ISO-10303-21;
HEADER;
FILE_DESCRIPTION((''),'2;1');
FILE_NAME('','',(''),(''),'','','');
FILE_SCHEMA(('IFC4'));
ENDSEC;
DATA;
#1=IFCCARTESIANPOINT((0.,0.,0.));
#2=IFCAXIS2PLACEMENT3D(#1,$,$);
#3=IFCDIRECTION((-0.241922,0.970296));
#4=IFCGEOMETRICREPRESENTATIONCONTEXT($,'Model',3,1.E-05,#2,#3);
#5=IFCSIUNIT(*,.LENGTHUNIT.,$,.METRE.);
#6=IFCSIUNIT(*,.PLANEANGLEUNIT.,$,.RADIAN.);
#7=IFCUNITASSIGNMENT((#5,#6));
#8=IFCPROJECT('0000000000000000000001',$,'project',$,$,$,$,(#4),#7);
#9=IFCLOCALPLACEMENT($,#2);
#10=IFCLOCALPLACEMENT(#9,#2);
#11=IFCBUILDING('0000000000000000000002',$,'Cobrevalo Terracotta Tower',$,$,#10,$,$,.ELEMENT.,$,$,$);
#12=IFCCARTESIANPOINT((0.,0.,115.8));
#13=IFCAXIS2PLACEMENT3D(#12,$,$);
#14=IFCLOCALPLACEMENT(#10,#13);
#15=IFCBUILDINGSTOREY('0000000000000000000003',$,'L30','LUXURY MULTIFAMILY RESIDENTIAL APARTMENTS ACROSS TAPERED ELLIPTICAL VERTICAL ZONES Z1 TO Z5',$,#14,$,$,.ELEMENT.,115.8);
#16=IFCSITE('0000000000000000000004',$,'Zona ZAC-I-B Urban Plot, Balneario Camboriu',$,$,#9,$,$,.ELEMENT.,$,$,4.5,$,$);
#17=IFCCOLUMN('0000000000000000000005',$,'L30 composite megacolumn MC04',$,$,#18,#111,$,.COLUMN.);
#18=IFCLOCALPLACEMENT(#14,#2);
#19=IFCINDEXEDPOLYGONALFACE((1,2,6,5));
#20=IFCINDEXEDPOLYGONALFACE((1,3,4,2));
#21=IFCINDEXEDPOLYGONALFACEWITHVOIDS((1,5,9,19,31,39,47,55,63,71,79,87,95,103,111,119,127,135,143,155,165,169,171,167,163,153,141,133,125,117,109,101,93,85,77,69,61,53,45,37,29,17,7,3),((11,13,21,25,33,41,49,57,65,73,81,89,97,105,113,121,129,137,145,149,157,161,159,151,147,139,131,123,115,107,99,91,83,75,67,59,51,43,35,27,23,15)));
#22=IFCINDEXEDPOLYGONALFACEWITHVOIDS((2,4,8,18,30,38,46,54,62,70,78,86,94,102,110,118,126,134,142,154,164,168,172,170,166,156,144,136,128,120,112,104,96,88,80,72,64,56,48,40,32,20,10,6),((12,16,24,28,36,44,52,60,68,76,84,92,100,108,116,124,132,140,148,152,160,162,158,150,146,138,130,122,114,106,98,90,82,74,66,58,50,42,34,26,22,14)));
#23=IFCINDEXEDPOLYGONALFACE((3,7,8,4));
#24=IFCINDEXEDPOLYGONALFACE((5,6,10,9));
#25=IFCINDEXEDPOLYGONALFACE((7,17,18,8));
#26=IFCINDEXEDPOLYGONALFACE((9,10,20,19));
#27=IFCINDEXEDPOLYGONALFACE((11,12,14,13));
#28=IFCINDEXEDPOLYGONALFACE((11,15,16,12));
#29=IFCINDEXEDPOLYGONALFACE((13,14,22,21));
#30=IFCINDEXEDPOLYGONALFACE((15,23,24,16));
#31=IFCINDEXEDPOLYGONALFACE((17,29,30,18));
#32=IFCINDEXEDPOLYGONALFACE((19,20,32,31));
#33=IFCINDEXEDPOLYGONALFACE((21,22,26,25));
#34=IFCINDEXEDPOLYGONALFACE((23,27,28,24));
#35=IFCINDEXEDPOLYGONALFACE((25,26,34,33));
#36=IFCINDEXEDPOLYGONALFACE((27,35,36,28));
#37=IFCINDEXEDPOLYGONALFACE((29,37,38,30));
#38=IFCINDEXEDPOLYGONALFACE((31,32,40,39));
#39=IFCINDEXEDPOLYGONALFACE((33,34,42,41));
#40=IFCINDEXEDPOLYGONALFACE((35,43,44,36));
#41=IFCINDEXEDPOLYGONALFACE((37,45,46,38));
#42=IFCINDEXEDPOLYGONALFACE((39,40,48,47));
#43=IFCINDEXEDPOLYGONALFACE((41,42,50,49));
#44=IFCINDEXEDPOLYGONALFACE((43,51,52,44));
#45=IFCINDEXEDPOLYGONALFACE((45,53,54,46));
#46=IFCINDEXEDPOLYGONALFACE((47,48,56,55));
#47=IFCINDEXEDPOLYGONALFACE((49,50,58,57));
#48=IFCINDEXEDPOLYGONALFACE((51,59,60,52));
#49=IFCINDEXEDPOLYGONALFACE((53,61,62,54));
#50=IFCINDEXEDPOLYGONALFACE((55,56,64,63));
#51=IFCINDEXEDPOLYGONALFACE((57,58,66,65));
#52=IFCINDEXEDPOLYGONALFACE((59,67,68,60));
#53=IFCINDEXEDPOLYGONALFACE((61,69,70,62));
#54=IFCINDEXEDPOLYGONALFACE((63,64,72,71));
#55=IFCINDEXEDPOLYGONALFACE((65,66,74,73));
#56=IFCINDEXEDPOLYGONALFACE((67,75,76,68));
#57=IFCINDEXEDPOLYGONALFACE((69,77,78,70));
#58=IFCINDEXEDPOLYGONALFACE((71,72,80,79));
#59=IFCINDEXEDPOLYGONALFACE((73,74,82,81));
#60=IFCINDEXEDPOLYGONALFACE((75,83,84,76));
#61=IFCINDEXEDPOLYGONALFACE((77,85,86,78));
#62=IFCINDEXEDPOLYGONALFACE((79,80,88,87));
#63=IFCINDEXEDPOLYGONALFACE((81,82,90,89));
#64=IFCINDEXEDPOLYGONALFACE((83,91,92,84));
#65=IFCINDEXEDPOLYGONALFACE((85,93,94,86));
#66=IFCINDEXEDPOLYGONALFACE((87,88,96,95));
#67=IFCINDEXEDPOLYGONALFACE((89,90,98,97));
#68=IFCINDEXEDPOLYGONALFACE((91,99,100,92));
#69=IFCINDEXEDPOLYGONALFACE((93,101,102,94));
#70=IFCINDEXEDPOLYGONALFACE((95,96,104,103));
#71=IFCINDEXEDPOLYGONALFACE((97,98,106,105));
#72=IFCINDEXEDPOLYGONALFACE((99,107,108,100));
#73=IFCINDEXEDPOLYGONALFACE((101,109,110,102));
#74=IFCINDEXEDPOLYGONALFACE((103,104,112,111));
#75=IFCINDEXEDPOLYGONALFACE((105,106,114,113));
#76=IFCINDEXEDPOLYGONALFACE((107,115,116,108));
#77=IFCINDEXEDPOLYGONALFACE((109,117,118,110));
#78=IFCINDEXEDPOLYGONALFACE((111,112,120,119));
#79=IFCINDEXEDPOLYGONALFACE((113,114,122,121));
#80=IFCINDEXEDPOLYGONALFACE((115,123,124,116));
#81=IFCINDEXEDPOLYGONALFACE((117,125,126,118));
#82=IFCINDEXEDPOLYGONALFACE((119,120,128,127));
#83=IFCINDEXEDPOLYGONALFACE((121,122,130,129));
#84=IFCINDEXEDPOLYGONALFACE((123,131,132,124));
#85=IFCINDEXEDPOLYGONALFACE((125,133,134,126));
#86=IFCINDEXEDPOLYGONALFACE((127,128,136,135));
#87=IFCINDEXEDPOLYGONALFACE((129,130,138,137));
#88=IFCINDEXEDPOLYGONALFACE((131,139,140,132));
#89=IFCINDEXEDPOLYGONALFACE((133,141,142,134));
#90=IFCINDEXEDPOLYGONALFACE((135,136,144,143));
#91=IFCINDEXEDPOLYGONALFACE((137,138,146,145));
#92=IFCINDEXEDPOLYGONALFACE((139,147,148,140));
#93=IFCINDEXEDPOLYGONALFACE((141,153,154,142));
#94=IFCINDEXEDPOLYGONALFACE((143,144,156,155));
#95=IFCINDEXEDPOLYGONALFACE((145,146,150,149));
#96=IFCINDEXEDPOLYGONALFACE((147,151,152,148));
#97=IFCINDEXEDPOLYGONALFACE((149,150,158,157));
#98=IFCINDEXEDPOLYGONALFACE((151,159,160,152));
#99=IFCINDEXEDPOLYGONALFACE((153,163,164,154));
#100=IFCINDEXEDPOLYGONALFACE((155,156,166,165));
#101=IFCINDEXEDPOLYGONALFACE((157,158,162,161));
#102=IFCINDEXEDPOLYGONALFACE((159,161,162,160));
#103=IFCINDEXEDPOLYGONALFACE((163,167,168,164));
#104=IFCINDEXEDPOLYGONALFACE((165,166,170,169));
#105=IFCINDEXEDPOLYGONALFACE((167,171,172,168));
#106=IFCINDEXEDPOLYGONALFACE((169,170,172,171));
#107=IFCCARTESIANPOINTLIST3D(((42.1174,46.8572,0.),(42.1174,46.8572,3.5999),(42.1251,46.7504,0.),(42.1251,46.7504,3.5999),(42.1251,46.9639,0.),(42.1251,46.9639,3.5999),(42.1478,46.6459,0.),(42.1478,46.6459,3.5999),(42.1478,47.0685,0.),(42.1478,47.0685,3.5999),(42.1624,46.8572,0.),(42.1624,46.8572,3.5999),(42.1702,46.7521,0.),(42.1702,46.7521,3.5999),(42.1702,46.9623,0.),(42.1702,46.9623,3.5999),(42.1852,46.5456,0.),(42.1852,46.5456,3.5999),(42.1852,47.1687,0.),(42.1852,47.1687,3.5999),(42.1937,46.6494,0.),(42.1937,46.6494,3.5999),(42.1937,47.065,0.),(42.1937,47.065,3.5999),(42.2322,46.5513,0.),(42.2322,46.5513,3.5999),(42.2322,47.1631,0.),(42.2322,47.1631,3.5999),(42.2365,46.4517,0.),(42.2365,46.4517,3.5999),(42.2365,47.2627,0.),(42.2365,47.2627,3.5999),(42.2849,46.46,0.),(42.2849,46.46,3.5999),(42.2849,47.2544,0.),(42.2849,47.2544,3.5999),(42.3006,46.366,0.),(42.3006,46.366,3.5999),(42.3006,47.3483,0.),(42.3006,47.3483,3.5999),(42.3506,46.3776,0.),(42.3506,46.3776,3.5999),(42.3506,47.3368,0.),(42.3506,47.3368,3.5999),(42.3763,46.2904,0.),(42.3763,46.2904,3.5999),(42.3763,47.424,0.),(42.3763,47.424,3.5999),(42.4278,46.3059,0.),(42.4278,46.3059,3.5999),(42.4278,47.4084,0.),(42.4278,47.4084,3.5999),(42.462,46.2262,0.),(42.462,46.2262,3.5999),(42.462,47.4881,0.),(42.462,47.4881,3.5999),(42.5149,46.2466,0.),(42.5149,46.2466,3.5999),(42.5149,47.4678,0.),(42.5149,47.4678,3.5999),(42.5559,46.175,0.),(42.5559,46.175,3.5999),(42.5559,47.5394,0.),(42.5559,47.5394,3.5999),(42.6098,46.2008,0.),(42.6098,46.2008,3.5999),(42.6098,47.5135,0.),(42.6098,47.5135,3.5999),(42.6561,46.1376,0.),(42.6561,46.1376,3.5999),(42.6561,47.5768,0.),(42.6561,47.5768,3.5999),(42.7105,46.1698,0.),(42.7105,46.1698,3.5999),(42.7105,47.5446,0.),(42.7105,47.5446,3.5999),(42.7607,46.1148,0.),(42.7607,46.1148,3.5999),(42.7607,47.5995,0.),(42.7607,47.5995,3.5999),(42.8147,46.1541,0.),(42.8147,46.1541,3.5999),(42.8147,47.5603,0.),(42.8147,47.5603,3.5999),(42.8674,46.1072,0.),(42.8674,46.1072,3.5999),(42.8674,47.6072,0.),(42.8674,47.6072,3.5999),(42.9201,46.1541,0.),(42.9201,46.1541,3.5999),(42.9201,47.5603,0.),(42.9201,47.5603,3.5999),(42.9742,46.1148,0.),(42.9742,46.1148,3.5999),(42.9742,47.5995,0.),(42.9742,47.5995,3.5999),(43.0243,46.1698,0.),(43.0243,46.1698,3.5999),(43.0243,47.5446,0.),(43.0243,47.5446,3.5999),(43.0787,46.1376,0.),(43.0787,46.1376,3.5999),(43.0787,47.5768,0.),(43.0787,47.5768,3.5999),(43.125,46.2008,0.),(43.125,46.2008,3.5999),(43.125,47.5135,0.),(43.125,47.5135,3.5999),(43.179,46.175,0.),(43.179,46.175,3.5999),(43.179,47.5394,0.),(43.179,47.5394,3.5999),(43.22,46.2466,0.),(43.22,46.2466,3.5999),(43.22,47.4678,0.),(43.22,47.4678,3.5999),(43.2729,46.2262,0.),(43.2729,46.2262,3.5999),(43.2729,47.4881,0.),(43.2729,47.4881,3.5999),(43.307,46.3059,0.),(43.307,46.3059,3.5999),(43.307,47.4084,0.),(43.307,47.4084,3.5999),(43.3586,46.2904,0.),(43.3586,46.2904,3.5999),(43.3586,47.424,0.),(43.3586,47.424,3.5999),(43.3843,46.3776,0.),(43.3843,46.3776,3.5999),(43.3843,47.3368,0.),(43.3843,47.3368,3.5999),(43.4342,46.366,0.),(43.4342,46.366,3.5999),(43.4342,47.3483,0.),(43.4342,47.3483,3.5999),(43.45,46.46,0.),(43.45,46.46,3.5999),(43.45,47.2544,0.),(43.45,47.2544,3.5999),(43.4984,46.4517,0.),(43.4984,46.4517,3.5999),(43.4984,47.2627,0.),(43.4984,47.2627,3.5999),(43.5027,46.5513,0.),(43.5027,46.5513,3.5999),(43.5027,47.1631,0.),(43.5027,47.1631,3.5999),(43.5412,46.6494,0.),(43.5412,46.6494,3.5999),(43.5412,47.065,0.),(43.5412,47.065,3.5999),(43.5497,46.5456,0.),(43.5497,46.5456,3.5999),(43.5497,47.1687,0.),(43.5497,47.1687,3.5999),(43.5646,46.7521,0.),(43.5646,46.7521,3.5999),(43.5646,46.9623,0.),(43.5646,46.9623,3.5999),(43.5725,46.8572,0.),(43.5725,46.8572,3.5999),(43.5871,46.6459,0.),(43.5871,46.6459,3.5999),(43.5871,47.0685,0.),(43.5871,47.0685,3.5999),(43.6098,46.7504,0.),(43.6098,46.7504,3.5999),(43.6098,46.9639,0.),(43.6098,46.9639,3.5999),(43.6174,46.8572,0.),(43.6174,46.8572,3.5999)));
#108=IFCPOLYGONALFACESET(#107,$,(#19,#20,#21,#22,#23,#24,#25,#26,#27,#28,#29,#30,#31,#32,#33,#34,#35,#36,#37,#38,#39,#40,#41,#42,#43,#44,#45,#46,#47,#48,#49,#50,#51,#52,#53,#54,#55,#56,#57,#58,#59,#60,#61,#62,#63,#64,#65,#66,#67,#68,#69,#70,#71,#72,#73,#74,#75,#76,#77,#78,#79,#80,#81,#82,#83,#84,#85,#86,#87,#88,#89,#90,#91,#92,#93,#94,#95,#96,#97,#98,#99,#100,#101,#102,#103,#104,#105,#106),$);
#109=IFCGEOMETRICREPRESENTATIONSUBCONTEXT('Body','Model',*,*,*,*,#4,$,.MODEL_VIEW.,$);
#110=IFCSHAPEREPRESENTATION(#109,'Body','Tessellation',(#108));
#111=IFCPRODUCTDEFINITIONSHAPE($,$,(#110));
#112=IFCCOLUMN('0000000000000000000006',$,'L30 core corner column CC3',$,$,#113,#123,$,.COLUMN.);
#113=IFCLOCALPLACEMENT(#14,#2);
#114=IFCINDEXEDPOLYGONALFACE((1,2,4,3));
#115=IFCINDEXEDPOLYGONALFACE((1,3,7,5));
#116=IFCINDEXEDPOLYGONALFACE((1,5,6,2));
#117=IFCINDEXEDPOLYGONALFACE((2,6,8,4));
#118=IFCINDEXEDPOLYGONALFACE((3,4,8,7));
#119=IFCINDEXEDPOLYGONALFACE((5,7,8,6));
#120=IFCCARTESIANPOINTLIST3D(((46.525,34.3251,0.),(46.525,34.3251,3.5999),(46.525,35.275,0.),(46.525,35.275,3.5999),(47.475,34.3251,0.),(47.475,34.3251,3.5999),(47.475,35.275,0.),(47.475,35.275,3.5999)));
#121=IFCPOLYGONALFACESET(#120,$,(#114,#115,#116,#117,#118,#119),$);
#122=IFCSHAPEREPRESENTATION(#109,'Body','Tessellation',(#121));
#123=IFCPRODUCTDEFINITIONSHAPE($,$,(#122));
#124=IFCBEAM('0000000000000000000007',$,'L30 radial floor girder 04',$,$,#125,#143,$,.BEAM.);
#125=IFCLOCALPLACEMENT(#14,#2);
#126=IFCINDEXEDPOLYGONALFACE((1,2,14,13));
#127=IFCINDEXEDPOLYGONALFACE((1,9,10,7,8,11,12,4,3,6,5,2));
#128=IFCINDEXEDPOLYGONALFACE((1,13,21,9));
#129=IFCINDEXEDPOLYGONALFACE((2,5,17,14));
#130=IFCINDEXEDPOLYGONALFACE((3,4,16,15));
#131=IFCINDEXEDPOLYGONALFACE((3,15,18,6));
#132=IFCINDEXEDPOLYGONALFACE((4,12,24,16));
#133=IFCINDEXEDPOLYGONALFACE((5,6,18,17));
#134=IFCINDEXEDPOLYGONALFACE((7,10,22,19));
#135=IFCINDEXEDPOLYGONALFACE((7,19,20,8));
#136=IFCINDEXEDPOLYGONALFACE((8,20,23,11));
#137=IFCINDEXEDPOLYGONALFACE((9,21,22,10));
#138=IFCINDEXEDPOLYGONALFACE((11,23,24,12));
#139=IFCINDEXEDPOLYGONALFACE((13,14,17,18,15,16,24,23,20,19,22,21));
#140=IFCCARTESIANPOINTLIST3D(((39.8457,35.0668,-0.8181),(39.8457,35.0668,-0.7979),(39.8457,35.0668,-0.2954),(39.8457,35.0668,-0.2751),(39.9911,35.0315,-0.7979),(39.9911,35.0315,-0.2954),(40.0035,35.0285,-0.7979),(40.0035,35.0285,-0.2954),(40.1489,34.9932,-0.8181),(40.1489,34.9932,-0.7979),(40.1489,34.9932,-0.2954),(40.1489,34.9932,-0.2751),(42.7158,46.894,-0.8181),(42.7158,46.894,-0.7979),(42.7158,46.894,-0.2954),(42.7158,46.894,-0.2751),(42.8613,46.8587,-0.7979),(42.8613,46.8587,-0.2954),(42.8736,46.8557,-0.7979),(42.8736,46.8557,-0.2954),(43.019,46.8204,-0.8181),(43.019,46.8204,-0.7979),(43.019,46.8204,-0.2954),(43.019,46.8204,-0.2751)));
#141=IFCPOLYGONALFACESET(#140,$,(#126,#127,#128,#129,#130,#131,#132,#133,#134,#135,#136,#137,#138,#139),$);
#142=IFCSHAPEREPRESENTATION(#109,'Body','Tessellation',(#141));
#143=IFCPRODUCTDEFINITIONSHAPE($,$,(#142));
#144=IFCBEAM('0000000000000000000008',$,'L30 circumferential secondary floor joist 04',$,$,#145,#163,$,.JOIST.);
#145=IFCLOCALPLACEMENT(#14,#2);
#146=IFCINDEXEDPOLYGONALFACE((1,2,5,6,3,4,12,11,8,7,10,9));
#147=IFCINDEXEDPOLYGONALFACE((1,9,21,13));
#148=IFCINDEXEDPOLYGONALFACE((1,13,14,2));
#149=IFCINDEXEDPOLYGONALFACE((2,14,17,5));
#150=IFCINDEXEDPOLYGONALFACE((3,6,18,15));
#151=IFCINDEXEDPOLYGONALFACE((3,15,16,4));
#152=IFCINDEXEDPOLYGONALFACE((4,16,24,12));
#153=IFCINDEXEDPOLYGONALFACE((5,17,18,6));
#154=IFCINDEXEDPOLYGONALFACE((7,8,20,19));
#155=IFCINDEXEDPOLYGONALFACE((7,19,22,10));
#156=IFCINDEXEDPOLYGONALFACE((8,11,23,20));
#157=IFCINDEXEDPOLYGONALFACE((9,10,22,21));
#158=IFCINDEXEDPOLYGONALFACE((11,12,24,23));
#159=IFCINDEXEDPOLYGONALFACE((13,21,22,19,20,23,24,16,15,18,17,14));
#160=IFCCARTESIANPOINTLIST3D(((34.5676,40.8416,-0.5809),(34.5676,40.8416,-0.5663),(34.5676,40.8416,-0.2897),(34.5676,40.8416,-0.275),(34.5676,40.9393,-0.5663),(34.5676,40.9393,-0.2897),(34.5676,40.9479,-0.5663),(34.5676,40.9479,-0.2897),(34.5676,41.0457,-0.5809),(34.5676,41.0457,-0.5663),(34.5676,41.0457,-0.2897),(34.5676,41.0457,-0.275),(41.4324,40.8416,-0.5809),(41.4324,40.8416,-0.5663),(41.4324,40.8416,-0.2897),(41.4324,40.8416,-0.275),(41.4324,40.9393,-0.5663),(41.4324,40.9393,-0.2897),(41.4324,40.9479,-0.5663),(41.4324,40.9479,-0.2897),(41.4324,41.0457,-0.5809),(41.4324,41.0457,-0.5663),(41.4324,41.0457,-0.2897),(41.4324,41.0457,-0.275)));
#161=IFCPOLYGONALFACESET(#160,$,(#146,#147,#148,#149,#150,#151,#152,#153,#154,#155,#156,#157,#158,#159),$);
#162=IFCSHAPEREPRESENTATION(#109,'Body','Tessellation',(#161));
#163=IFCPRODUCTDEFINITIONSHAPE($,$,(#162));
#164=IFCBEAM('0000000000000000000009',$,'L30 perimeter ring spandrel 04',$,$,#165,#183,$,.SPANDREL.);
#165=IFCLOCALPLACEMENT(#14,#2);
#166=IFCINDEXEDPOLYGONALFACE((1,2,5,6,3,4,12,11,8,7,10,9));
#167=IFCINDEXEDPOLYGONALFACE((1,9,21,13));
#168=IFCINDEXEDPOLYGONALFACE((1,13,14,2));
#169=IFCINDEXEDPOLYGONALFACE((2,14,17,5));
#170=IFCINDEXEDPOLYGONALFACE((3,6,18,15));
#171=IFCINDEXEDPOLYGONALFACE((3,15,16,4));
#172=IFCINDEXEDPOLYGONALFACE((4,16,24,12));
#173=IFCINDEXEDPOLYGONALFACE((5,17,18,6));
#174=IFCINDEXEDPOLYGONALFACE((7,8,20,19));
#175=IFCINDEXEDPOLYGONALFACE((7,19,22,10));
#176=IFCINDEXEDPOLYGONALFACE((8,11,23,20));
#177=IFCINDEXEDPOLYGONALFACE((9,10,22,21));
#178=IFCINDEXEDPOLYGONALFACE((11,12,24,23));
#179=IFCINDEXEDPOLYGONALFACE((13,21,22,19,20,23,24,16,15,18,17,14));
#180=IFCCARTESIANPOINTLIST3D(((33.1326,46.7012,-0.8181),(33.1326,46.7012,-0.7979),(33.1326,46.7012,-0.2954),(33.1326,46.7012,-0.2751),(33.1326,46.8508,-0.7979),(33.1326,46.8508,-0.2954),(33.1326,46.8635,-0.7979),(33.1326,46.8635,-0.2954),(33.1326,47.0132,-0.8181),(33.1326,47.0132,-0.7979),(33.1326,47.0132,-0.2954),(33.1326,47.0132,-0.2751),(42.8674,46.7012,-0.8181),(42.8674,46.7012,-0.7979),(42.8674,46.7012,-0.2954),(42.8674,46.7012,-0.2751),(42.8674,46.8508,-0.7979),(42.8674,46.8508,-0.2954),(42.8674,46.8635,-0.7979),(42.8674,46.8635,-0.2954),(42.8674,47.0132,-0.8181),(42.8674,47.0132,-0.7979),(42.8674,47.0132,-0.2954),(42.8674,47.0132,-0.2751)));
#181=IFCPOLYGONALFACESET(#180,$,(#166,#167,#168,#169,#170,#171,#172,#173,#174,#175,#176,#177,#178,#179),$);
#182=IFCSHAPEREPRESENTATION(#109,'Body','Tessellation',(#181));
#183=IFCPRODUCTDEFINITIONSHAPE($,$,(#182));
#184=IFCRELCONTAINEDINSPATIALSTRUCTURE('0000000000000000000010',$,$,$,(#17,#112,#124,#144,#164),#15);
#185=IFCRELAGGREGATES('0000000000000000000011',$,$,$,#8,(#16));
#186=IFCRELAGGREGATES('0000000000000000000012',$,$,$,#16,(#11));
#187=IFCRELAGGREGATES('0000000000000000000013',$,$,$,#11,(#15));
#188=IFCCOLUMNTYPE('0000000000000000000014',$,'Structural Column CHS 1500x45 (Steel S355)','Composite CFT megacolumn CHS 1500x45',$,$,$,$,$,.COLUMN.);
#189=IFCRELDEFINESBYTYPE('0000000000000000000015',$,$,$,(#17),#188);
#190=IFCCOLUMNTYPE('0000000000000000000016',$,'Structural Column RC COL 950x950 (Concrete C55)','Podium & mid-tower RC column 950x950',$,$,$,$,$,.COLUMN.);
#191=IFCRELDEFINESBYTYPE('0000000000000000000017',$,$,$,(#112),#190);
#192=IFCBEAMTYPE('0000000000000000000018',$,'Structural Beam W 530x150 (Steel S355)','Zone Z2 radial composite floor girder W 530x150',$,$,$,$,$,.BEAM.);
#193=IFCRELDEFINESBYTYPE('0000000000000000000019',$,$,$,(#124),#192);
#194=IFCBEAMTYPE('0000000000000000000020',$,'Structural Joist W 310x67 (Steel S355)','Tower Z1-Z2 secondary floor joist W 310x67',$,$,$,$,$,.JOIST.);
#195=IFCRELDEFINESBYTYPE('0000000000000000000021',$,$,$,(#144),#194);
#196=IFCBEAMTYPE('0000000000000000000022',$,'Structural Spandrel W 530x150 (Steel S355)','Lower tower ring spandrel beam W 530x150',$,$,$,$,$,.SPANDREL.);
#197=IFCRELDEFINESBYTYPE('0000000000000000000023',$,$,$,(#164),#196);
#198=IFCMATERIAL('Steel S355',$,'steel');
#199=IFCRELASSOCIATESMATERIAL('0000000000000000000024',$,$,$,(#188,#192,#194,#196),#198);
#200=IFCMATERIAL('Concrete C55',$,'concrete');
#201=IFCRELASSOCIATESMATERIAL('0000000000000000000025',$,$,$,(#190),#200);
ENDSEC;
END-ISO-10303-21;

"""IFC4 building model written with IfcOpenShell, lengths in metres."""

from ifc_helpers import new_model, si_unit, direction, frame, origin, origin_2d, place, context, subcontext, project, spatial, rectangle, hollow_circle, i_section, extrude, material, material_profile, profile_set, type_object, element, save


model = new_model("IFC4")

# Units and contexts
model_context = context("Model", 3, precision=1e-05, world=origin(), true_north=direction((-0.241922, 0.970296)))
body_context = subcontext(model_context, "Body", "Model", "MODEL_VIEW")
ifc_project = project(units=[si_unit("LENGTHUNIT", "METRE"), si_unit("PLANEANGLEUNIT", "RADIAN")], contexts=[model_context])

# Site, building, storey
site_placement = place(None, origin())
site = spatial("IfcSite", under=ifc_project, at=site_placement, Name="Zona ZAC-I-B Urban Plot, Balneario Camboriu", CompositionType="ELEMENT", RefElevation=4.5)
building_placement = place(site_placement, origin())
building = spatial("IfcBuilding", under=site, at=building_placement, Name="Cobrevalo Terracotta Tower", CompositionType="ELEMENT")
storey_placement = place(building_placement, frame((0.0, 0.0, 115.8)))
storey = spatial("IfcBuildingStorey", under=building, at=storey_placement, Name="L30", Description="LUXURY MULTIFAMILY RESIDENTIAL APARTMENTS ACROSS TAPERED ELLIPTICAL VERTICAL ZONES Z1 TO Z5", CompositionType="ELEMENT", Elevation=115.8)

# Columns
ifc_material_1 = material(Name="Steel S355", Category="steel")
ifc_material_profile_1 = material_profile(ifc_material_1, hollow_circle(Radius=0.75, WallThickness=0.0449, at=origin_2d()), Name="CHS 1500x45")
ifc_profile_set_1 = profile_set([ifc_material_profile_1], Name="Steel S355")
column_type_1 = type_object("IfcColumnType", Name="Structural Column CHS 1500x45 (Steel S355)", Description="Composite CFT megacolumn CHS 1500x45", PredefinedType="COLUMN", material=ifc_profile_set_1)
column_1_placement = place(storey_placement, frame((42.8674, 46.8572, 0.0), z_axis=(0.0, 0.0, 1.0), x_axis=(1.0, 0.0, 0.0)))
element("IfcColumn", 1, at=column_1_placement, inside=storey, type_object=column_type_1, Name="L30 composite megacolumn MC04", PredefinedType="COLUMN", context=body_context, shape_type="SweptSolid", body=[
    extrude(hollow_circle(Radius=0.75, WallThickness=0.0449, at=origin_2d()), origin(), (0.0, 0.0, 1.0), 3.5999),
])
ifc_material_2 = material(Name="Concrete C55", Category="concrete")
ifc_material_profile_2 = material_profile(ifc_material_2, rectangle(XDim=0.95, YDim=0.95, at=origin_2d()), Name="RC COL 950x950")
ifc_profile_set_2 = profile_set([ifc_material_profile_2], Name="Concrete C55")
column_type_2 = type_object("IfcColumnType", Name="Structural Column RC COL 950x950 (Concrete C55)", Description="Podium & mid-tower RC column 950x950", PredefinedType="COLUMN", material=ifc_profile_set_2)
column_2_placement = place(storey_placement, frame((47.0, 34.8, 0.0), z_axis=(0.0, 0.0, 1.0), x_axis=(1.0, 0.0, 0.0)))
element("IfcColumn", 2, at=column_2_placement, inside=storey, type_object=column_type_2, Name="L30 core corner column CC3", PredefinedType="COLUMN", context=body_context, shape_type="SweptSolid", body=[
    extrude(rectangle(XDim=0.95, YDim=0.95, at=origin_2d()), origin(), (0.0, 0.0, 1.0), 3.5999),
])

# Beams
ifc_material_profile_3 = material_profile(ifc_material_1, i_section(OverallWidth=0.312, OverallDepth=0.543, WebThickness=0.0127, FlangeThickness=0.0203, at=origin_2d()), Name="W 530x150")
ifc_profile_set_3 = profile_set([ifc_material_profile_3], Name="Steel S355")
beam_type_1 = type_object("IfcBeamType", Name="Structural Beam W 530x150 (Steel S355)", Description="Zone Z2 radial composite floor girder W 530x150", PredefinedType="BEAM", material=ifc_profile_set_3)
beam_1_placement = place(storey_placement, frame((42.8674, 46.8572, -0.5466), z_axis=(-0.235827, -0.971795, 0.0), x_axis=(0.971795, -0.235827, 0.0)))
element("IfcBeam", 3, at=beam_1_placement, inside=storey, type_object=beam_type_1, Name="L30 radial floor girder 04", PredefinedType="BEAM", context=body_context, shape_type="SweptSolid", body=[
    extrude(i_section(OverallWidth=0.312, OverallDepth=0.543, WebThickness=0.0127, FlangeThickness=0.0203, at=origin_2d()), origin(), (0.0, 0.0, 1.0), 12.1704),
])
ifc_material_profile_4 = material_profile(ifc_material_1, i_section(OverallWidth=0.2041, OverallDepth=0.3059, WebThickness=0.0085, FlangeThickness=0.0146, at=origin_2d()), Name="W 310x67")
ifc_profile_set_4 = profile_set([ifc_material_profile_4], Name="Steel S355")
beam_type_2 = type_object("IfcBeamType", Name="Structural Joist W 310x67 (Steel S355)", Description="Tower Z1-Z2 secondary floor joist W 310x67", PredefinedType="JOIST", material=ifc_profile_set_4)
beam_2_placement = place(storey_placement, frame((41.4324, 40.9436, -0.428), z_axis=(-1.0, 0.0, 0.0), x_axis=(0.0, -1.0, 0.0)))
element("IfcBeam", 4, at=beam_2_placement, inside=storey, type_object=beam_type_2, Name="L30 circumferential secondary floor joist 04", PredefinedType="JOIST", context=body_context, shape_type="SweptSolid", body=[
    extrude(i_section(OverallWidth=0.2041, OverallDepth=0.3059, WebThickness=0.0085, FlangeThickness=0.0146, at=origin_2d()), origin(), (0.0, 0.0, 1.0), 6.8647),
])
ifc_material_profile_5 = material_profile(ifc_material_1, i_section(OverallWidth=0.312, OverallDepth=0.543, WebThickness=0.0127, FlangeThickness=0.0203, at=origin_2d()), Name="W 530x150")
ifc_profile_set_5 = profile_set([ifc_material_profile_5], Name="Steel S355")
beam_type_3 = type_object("IfcBeamType", Name="Structural Spandrel W 530x150 (Steel S355)", Description="Lower tower ring spandrel beam W 530x150", PredefinedType="SPANDREL", material=ifc_profile_set_5)
beam_3_placement = place(storey_placement, frame((42.8674, 46.8572, -0.5466), z_axis=(-1.0, 0.0, 0.0), x_axis=(0.0, -1.0, 0.0)))
element("IfcBeam", 5, at=beam_3_placement, inside=storey, type_object=beam_type_3, Name="L30 perimeter ring spandrel 04", PredefinedType="SPANDREL", context=body_context, shape_type="SweptSolid", body=[
    extrude(i_section(OverallWidth=0.312, OverallDepth=0.543, WebThickness=0.0127, FlangeThickness=0.0203, at=origin_2d()), origin(), (0.0, 0.0, 1.0), 9.7349),
])

save(model, "model.ifc")
